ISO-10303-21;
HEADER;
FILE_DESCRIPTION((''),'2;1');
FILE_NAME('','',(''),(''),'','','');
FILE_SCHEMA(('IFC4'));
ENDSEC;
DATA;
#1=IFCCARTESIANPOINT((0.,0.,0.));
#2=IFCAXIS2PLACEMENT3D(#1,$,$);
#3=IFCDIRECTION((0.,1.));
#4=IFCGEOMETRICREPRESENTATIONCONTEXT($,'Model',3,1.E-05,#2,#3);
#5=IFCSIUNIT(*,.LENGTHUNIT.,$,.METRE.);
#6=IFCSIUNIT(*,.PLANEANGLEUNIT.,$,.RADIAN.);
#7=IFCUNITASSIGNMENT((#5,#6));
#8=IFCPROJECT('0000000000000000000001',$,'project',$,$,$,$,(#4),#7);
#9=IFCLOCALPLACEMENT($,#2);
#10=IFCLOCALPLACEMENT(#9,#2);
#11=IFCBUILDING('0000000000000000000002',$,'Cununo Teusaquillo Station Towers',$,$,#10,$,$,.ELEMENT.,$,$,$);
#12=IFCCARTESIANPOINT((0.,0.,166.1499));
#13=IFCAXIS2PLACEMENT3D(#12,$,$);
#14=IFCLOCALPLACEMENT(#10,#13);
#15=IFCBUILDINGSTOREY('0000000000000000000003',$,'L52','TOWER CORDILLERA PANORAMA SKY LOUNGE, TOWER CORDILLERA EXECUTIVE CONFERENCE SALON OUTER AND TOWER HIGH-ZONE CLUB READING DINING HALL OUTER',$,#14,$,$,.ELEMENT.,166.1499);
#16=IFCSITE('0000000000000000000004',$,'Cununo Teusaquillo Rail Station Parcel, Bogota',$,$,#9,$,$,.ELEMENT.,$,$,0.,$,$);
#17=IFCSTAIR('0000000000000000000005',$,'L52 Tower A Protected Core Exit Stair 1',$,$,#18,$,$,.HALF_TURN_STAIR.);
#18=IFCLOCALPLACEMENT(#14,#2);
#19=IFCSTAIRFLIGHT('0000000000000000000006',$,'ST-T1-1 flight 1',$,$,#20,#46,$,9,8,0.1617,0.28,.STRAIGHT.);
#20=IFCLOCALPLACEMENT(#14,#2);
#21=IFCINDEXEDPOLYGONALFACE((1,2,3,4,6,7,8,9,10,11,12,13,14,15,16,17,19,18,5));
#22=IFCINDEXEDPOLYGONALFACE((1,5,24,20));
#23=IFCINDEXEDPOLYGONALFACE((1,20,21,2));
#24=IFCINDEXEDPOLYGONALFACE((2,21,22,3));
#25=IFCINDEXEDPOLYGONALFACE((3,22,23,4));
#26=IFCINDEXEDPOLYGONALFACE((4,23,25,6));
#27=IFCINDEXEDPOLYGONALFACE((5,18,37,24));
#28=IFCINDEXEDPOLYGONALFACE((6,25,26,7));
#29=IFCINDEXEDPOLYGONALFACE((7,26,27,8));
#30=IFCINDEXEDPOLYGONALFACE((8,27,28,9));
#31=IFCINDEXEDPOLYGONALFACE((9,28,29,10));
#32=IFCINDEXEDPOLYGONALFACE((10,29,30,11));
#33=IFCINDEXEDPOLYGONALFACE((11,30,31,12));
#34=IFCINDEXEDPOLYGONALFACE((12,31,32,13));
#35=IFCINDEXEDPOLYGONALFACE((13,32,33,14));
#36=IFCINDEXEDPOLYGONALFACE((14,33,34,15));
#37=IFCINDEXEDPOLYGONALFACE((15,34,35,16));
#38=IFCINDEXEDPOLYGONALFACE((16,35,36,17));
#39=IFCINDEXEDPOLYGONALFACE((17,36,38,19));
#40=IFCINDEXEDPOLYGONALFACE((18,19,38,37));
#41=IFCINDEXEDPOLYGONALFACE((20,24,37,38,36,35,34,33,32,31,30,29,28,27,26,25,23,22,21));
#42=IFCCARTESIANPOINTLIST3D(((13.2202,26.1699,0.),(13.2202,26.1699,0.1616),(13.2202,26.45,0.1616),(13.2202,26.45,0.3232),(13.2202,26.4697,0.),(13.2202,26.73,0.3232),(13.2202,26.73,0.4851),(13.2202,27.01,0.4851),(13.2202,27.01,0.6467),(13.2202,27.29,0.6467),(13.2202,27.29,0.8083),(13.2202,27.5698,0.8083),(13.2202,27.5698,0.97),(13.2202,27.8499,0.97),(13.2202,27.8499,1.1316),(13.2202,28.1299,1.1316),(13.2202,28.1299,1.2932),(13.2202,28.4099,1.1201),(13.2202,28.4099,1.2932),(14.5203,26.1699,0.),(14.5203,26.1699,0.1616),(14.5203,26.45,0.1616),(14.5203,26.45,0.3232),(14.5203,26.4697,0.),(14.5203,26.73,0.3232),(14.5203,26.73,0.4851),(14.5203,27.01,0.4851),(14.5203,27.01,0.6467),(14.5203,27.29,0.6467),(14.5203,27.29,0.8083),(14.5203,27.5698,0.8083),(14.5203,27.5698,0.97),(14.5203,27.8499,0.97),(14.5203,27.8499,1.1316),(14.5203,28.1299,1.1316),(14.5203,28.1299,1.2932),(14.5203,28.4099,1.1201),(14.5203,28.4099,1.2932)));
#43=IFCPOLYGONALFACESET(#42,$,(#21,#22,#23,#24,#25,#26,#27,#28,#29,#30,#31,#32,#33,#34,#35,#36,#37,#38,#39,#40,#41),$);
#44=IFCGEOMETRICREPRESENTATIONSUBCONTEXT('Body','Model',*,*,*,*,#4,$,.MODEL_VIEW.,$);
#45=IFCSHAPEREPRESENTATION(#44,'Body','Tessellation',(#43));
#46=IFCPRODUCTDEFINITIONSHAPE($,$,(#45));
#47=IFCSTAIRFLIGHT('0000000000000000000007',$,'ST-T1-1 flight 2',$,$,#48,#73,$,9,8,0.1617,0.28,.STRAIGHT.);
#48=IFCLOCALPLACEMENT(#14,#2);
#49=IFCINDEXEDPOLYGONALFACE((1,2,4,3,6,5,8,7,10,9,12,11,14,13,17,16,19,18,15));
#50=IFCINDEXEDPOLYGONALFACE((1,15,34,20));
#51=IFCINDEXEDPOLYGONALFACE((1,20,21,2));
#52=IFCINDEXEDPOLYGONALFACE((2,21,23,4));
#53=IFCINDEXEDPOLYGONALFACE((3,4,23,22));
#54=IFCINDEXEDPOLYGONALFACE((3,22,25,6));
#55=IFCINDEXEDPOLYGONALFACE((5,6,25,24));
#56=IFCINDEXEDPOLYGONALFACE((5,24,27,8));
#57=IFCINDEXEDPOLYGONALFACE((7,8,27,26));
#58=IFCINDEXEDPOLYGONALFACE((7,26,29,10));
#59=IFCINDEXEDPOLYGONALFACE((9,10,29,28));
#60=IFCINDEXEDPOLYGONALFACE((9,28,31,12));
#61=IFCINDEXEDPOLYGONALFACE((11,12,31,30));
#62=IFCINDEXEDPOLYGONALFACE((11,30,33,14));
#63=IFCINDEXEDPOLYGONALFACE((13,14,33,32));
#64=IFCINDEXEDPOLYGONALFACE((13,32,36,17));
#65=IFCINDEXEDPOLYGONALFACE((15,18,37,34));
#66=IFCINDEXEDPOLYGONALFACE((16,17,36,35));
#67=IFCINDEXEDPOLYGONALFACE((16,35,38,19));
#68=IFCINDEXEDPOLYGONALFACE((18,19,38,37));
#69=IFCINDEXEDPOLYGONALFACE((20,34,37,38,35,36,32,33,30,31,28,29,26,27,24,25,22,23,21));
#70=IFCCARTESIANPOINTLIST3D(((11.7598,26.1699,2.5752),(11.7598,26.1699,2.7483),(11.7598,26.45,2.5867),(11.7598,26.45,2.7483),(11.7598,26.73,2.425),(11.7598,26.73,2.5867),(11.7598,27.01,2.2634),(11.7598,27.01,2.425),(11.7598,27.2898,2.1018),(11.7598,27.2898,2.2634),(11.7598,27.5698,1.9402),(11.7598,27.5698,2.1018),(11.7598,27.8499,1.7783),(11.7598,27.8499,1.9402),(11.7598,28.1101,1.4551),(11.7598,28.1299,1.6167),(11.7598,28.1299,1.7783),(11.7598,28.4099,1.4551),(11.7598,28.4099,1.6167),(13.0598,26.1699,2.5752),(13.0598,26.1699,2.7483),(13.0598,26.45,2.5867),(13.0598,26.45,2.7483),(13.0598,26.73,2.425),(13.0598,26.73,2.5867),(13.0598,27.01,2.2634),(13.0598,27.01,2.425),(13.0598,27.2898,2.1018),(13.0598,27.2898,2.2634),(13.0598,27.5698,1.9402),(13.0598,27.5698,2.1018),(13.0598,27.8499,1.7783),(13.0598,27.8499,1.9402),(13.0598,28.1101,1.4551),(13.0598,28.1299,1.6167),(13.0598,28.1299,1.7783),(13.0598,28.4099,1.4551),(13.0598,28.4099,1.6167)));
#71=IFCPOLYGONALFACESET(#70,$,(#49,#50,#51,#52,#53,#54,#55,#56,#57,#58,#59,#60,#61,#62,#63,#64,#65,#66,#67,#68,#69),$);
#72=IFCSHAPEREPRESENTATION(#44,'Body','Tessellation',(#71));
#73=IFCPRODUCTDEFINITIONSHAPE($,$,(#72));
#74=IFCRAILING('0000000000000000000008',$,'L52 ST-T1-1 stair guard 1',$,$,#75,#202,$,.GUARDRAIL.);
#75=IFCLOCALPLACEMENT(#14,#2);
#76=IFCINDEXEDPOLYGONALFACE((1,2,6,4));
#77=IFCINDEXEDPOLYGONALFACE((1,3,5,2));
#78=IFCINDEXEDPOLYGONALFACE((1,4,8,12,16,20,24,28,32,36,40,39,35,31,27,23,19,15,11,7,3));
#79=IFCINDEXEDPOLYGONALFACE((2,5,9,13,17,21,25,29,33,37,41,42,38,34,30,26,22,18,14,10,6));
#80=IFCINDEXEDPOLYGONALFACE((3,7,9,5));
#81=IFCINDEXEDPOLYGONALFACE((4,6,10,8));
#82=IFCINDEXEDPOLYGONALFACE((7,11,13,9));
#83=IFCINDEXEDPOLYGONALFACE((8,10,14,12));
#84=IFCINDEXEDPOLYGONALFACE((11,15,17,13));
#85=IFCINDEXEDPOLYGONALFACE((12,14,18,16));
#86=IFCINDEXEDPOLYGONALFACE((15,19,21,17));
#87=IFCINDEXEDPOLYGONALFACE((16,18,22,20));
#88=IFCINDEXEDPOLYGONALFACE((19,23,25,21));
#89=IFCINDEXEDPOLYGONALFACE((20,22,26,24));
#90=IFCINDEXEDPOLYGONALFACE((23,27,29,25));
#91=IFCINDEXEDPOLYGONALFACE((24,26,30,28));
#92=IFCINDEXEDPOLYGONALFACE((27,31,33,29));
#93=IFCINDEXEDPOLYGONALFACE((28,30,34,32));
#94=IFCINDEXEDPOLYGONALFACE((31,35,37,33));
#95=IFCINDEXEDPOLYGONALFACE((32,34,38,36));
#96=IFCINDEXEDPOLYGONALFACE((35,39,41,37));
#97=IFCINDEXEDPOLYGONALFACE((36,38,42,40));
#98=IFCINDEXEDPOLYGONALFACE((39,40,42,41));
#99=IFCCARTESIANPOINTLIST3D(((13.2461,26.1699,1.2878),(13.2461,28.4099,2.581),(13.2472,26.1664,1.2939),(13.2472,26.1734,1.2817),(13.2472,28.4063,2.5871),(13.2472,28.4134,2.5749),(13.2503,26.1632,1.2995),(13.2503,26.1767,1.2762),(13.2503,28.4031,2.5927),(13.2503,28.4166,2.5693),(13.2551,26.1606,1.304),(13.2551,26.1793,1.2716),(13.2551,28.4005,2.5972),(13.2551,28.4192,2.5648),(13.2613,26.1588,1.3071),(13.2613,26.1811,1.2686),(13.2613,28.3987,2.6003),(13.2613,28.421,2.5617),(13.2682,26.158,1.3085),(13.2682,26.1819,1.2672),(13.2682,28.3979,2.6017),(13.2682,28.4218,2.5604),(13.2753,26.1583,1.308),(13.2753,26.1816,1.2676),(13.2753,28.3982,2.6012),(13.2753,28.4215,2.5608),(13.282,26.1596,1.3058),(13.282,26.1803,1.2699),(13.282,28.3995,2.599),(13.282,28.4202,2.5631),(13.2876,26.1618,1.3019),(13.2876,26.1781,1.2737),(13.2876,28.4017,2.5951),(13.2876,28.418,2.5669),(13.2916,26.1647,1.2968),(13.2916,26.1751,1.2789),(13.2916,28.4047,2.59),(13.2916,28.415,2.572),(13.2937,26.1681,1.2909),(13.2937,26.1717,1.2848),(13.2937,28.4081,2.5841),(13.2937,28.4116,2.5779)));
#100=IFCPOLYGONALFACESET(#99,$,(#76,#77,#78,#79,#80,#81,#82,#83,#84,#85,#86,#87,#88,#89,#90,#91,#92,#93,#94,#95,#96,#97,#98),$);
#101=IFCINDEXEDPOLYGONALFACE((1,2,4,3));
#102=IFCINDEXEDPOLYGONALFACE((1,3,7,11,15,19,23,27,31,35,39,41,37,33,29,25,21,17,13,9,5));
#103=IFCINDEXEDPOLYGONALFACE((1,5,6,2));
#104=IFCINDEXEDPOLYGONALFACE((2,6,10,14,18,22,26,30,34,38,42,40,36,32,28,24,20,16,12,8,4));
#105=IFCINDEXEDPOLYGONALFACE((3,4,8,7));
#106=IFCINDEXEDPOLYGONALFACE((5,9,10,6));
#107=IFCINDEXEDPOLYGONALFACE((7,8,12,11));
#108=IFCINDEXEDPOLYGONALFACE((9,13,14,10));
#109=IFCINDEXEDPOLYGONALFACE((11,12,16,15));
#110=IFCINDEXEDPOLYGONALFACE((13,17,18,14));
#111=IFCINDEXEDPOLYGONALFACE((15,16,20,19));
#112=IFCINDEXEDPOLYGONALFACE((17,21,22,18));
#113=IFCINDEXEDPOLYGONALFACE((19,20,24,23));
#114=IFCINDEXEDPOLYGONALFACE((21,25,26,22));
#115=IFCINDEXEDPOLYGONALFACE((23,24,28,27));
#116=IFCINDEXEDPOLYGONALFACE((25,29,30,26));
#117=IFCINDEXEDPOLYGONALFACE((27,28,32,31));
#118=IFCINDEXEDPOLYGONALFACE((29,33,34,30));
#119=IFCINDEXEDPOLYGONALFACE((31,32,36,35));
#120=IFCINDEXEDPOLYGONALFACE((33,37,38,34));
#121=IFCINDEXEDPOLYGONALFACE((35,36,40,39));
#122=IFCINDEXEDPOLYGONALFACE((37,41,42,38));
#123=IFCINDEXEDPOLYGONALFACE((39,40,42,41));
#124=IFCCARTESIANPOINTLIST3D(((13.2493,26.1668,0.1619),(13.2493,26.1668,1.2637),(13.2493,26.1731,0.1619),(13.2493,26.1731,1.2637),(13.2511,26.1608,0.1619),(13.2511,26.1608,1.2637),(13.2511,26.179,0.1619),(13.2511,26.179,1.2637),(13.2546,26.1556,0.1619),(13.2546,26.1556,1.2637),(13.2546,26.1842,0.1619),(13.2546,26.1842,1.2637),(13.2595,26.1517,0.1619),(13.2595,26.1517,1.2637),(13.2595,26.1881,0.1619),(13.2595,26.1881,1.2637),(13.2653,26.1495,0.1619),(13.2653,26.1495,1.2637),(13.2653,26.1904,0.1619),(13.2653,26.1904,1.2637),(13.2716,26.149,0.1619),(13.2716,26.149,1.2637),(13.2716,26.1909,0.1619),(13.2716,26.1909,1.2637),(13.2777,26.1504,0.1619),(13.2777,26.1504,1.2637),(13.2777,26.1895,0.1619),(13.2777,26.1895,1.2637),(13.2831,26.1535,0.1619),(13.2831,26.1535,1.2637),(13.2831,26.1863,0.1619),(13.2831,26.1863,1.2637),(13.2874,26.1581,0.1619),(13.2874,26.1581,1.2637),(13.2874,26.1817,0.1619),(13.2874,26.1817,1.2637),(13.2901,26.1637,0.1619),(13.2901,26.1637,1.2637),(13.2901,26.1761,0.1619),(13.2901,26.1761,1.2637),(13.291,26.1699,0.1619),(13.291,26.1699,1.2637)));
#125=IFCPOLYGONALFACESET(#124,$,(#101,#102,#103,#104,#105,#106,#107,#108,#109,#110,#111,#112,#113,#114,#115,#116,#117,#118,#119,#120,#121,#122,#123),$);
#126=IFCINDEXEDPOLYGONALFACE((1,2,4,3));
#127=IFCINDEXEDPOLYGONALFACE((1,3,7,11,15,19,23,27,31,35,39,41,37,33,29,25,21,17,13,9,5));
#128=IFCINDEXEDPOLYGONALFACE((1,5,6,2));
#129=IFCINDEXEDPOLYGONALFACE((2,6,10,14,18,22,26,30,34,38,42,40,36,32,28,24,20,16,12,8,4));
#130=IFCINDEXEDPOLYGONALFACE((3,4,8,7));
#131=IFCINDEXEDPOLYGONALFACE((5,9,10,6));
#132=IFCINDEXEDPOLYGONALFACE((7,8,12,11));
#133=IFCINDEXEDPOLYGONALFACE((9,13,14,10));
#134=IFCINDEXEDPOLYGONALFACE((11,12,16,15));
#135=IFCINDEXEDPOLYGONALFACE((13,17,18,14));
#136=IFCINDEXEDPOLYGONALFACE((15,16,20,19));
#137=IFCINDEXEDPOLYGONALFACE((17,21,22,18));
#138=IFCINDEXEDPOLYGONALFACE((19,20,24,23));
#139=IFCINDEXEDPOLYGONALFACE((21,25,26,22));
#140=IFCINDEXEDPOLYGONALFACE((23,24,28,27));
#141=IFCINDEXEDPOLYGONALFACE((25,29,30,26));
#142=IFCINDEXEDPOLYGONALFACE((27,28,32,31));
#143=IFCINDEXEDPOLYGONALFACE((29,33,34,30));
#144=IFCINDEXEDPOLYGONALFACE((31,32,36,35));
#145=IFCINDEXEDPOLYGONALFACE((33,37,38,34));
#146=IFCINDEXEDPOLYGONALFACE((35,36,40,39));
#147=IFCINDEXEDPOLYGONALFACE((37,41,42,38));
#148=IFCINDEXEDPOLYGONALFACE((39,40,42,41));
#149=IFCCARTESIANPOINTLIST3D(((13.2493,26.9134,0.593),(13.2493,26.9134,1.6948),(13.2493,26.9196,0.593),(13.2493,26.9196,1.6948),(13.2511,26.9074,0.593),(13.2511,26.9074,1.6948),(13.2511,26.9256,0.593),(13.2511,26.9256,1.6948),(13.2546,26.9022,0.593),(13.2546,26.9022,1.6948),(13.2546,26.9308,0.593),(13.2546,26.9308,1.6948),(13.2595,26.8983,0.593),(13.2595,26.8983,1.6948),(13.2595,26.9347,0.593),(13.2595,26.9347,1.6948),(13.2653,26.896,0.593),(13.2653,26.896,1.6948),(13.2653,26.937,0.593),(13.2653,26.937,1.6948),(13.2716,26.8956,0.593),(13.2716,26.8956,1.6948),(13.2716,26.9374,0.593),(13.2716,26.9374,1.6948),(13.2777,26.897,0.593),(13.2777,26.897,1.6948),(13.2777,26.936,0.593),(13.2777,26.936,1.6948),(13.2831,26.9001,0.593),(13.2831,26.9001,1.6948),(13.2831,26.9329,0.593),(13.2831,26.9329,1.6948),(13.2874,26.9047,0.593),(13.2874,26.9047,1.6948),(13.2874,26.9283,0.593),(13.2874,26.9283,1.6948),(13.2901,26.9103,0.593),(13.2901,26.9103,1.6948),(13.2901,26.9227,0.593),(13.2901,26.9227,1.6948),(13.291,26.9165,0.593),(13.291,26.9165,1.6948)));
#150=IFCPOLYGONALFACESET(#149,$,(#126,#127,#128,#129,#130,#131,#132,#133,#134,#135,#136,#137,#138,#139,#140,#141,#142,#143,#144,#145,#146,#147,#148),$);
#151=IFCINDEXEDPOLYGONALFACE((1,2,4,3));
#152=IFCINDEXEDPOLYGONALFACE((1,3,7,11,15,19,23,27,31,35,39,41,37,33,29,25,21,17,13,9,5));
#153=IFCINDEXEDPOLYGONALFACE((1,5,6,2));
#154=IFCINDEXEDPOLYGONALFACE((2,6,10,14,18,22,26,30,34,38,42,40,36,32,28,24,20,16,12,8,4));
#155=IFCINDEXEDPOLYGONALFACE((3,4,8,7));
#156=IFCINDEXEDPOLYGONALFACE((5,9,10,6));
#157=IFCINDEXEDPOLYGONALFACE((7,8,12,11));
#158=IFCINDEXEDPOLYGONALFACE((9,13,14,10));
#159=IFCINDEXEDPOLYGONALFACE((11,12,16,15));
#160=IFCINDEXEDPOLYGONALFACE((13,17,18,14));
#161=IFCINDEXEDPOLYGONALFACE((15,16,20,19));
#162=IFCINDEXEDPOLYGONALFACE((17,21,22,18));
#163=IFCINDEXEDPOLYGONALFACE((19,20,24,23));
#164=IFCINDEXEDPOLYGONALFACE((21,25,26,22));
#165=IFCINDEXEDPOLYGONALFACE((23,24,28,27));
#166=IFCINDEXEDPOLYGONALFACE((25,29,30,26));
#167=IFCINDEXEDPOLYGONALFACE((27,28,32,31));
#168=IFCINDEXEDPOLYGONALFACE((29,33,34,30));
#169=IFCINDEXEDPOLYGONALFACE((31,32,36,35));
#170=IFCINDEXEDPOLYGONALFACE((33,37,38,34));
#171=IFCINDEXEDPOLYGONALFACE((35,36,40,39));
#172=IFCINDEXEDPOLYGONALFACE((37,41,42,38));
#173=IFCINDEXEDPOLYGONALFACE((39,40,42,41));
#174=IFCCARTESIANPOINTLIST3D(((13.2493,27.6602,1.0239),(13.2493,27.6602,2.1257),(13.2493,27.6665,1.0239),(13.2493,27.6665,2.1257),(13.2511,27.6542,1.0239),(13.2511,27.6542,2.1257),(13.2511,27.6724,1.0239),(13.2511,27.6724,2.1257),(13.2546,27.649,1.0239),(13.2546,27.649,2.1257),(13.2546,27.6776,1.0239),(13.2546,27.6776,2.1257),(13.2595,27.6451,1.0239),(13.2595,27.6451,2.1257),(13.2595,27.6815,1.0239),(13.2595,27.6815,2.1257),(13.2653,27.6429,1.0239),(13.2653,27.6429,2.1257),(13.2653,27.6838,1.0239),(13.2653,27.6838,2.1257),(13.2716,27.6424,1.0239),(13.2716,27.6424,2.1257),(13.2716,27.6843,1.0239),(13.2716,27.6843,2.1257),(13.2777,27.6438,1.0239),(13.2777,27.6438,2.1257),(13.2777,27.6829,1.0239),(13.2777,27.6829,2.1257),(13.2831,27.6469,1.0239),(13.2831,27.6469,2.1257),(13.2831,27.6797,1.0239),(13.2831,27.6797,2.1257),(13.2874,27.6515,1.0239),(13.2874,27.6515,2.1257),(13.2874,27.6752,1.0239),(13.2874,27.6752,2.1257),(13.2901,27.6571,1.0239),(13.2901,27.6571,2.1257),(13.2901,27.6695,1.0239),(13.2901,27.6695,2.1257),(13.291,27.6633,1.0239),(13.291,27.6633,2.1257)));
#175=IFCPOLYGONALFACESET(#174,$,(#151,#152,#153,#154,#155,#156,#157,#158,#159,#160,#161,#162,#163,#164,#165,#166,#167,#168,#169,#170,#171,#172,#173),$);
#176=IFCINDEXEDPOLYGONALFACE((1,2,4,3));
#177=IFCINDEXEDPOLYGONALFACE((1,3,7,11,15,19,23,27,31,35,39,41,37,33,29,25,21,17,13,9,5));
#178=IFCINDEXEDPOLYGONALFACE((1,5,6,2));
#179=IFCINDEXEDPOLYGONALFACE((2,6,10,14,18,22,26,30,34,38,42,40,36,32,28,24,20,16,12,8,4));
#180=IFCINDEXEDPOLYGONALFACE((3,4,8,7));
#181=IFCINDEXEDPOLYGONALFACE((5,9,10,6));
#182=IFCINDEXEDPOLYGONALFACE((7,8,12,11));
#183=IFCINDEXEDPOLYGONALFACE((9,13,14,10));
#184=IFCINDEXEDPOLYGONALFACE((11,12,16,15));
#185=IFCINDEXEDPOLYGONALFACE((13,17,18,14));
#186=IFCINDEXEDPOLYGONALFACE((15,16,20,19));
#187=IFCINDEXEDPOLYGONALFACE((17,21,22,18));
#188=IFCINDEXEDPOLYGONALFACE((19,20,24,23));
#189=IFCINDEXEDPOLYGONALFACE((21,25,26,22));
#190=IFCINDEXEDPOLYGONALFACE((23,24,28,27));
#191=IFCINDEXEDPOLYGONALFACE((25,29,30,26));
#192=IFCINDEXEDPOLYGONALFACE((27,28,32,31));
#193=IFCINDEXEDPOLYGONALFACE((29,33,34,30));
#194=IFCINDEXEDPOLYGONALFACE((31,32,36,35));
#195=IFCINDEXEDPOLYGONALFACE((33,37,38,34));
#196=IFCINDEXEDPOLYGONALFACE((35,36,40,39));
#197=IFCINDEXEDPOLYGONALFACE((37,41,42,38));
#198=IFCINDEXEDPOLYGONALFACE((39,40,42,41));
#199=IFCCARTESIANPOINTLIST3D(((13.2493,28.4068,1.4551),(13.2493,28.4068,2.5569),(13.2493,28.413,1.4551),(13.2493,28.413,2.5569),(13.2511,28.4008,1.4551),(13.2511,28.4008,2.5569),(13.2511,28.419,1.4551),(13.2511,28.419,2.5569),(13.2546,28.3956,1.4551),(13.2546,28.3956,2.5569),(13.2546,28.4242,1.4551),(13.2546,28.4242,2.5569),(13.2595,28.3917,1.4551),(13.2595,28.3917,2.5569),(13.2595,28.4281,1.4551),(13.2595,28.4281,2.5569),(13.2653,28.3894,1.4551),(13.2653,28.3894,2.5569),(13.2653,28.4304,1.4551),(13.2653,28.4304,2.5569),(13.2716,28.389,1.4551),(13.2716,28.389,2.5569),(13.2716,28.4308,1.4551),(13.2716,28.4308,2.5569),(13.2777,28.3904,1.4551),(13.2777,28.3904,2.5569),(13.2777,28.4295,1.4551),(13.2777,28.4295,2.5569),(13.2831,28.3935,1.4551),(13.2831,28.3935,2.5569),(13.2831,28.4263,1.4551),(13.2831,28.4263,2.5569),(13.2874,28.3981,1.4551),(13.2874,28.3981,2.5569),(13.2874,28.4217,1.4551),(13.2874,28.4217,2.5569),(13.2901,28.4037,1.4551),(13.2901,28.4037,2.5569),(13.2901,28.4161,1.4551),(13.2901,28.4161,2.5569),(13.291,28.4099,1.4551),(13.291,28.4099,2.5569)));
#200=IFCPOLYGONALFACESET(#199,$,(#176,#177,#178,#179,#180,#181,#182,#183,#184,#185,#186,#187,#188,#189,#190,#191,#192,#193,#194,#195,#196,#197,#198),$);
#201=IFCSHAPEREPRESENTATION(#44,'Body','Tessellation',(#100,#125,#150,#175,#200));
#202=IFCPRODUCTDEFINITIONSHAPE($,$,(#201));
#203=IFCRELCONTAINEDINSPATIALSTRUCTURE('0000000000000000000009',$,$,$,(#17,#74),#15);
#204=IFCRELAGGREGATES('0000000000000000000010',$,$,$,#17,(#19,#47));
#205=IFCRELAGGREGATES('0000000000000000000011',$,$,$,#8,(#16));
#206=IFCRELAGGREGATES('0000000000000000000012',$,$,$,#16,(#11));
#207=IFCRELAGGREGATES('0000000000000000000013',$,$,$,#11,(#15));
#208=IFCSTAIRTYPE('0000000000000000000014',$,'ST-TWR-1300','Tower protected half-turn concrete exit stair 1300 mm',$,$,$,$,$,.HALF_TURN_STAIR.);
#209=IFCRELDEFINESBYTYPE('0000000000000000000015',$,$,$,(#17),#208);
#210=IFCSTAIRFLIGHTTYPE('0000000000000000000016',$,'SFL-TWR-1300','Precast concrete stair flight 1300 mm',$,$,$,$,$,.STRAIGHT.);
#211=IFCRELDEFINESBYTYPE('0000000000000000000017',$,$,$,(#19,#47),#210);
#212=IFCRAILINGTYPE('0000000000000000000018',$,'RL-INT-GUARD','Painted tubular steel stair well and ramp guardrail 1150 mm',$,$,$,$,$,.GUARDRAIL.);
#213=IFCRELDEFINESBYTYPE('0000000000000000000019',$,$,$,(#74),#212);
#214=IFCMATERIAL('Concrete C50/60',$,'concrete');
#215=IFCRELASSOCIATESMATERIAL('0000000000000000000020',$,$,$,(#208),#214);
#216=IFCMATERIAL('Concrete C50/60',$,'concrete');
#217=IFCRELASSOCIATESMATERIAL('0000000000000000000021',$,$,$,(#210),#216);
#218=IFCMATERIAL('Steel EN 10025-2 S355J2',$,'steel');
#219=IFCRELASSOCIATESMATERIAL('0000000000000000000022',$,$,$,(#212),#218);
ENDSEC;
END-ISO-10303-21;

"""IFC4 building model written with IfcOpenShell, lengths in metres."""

from ifc_helpers import new_model, si_unit, direction, frame, origin, origin_2d, place, context, subcontext, project, spatial, polyline, circle, outline, extrude, material, type_object, element, aggregate, save


model = new_model("IFC4")

# Units and contexts
model_context = context("Model", 3, precision=1e-05, world=origin(), true_north=direction((0.0, 1.0)))
body_context = subcontext(model_context, "Body", "Model", "MODEL_VIEW")
ifc_project = project(units=[si_unit("LENGTHUNIT", "METRE"), si_unit("PLANEANGLEUNIT", "RADIAN")], contexts=[model_context])

# Site, building, storey
site_placement = place(None, origin())
site = spatial("IfcSite", under=ifc_project, at=site_placement, Name="Cununo Teusaquillo Rail Station Parcel, Bogota", CompositionType="ELEMENT", RefElevation=0.0)
building_placement = place(site_placement, origin())
building = spatial("IfcBuilding", under=site, at=building_placement, Name="Cununo Teusaquillo Station Towers", CompositionType="ELEMENT")
storey_placement = place(building_placement, frame((0.0, 0.0, 166.1499)))
storey = spatial("IfcBuildingStorey", under=building, at=storey_placement, Name="L52", Description="TOWER CORDILLERA PANORAMA SKY LOUNGE, TOWER CORDILLERA EXECUTIVE CONFERENCE SALON OUTER AND TOWER HIGH-ZONE CLUB READING DINING HALL OUTER", CompositionType="ELEMENT", Elevation=166.1499)

# Stair, stair flights
ifc_material_1 = material(Name="Concrete C50/60", Category="concrete")
stair_type = type_object("IfcStairType", Name="ST-TWR-1300", Description="Tower protected half-turn concrete exit stair 1300 mm", PredefinedType="HALF_TURN_STAIR", material=ifc_material_1)
stair_placement = place(storey_placement, origin())
stair = element("IfcStair", 1, at=stair_placement, inside=storey, type_object=stair_type, Name="L52 Tower A Protected Core Exit Stair 1", PredefinedType="HALF_TURN_STAIR")
ifc_material_2 = material(Name="Concrete C50/60", Category="concrete")
stair_flight_type = type_object("IfcStairFlightType", Name="SFL-TWR-1300", Description="Precast concrete stair flight 1300 mm", PredefinedType="STRAIGHT", material=ifc_material_2)
stair_flight_1_placement = place(storey_placement, frame((13.8701, 26.1699, 0.0), z_axis=(0.0, 0.0, 1.0), x_axis=(0.0, 1.0, 0.0)))
stair_flight_1 = element("IfcStairFlight", 2, at=stair_flight_1_placement, type_object=stair_flight_type, Name="ST-T1-1 flight 1", NumberOfRisers=9, NumberOfTreads=8, PredefinedType="STRAIGHT", RiserHeight=0.1617, TreadLength=0.28, context=body_context, shape_type="SweptSolid", body=[
    extrude(outline(polyline([(0.0, 0.0), (0.0, 0.1616), (0.28, 0.1616), (0.28, 0.3232), (0.5601, 0.3232), (0.5601, 0.4851), (0.8401, 0.4851), (0.8401, 0.6467), (1.1201, 0.6467), (1.1201, 0.8083), (1.3999, 0.8083), (1.3999, 0.97), (1.6799, 0.97), (1.6799, 1.1316), (1.96, 1.1316), (1.96, 1.2932), (2.24, 1.2932), (2.24, 1.4551), (2.24, 1.1201), (0.2998, 0.0), (0.0, 0.0)])), frame((0.0, 0.6499, 0.0), z_axis=(0.0, -1.0, 0.0), x_axis=(1.0, 0.0, 0.0)), (0.0, 0.0, 1.0), 1.3),
])
stair_flight_2_placement = place(storey_placement, frame((12.4099, 28.4099, 1.4551), z_axis=(0.0, 0.0, 1.0), x_axis=(0.0, -1.0, 0.0)))
stair_flight_2 = element("IfcStairFlight", 3, at=stair_flight_2_placement, type_object=stair_flight_type, Name="ST-T1-1 flight 2", NumberOfRisers=9, NumberOfTreads=8, PredefinedType="STRAIGHT", RiserHeight=0.1617, TreadLength=0.28, context=body_context, shape_type="SweptSolid", body=[
    extrude(outline(polyline([(0.0, 0.0), (0.0, 0.1616), (0.28, 0.1616), (0.28, 0.3232), (0.5601, 0.3232), (0.5601, 0.4851), (0.8401, 0.4851), (0.8401, 0.6467), (1.1201, 0.6467), (1.1201, 0.8083), (1.3999, 0.8083), (1.3999, 0.97), (1.6799, 0.97), (1.6799, 1.1316), (1.96, 1.1316), (1.96, 1.2932), (2.24, 1.2932), (2.24, 1.4551), (2.24, 1.1201), (0.2998, 0.0), (0.0, 0.0)])), frame((0.0, 0.6499, 0.0), z_axis=(0.0, -1.0, 0.0), x_axis=(1.0, 0.0, 0.0)), (0.0, 0.0, 1.0), 1.3),
])
aggregate(stair, [stair_flight_1, stair_flight_2])

# Railing
ifc_material_3 = material(Name="Steel EN 10025-2 S355J2", Category="steel")
railing_type_1 = type_object("IfcRailingType", Name="RL-INT-GUARD", Description="Painted tubular steel stair well and ramp guardrail 1150 mm", PredefinedType="GUARDRAIL", material=ifc_material_3)
railing_1_placement = place(storey_placement, frame((13.27, 26.1699, 0.1619)))
element("IfcRailing", 4, at=railing_1_placement, inside=storey, type_object=railing_type_1, Name="L52 ST-T1-1 stair guard 1", PredefinedType="GUARDRAIL", context=body_context, shape_type="SweptSolid", body=[
    extrude(circle(Radius=0.0239, at=origin_2d()), frame((0.0, 0.0, 1.126), z_axis=(0.0, 0.866033, 0.499987), x_axis=(-1.0, 0.0, 0.0)), (0.0, 0.0, 1.0), 2.5864),
    extrude(circle(Radius=0.021, at=origin_2d()), origin(), (0.0, 0.0, 1.0), 1.1018),
    extrude(circle(Radius=0.021, at=origin_2d()), frame((0.0, 0.7466, 0.4312)), (0.0, 0.0, 1.0), 1.1018),
    extrude(circle(Radius=0.021, at=origin_2d()), frame((0.0, 1.4934, 0.8621)), (0.0, 0.0, 1.0), 1.1018),
    extrude(circle(Radius=0.021, at=origin_2d()), frame((0.0, 2.24, 1.2932)), (0.0, 0.0, 1.0), 1.1018),
])

save(model, "model.ifc")
